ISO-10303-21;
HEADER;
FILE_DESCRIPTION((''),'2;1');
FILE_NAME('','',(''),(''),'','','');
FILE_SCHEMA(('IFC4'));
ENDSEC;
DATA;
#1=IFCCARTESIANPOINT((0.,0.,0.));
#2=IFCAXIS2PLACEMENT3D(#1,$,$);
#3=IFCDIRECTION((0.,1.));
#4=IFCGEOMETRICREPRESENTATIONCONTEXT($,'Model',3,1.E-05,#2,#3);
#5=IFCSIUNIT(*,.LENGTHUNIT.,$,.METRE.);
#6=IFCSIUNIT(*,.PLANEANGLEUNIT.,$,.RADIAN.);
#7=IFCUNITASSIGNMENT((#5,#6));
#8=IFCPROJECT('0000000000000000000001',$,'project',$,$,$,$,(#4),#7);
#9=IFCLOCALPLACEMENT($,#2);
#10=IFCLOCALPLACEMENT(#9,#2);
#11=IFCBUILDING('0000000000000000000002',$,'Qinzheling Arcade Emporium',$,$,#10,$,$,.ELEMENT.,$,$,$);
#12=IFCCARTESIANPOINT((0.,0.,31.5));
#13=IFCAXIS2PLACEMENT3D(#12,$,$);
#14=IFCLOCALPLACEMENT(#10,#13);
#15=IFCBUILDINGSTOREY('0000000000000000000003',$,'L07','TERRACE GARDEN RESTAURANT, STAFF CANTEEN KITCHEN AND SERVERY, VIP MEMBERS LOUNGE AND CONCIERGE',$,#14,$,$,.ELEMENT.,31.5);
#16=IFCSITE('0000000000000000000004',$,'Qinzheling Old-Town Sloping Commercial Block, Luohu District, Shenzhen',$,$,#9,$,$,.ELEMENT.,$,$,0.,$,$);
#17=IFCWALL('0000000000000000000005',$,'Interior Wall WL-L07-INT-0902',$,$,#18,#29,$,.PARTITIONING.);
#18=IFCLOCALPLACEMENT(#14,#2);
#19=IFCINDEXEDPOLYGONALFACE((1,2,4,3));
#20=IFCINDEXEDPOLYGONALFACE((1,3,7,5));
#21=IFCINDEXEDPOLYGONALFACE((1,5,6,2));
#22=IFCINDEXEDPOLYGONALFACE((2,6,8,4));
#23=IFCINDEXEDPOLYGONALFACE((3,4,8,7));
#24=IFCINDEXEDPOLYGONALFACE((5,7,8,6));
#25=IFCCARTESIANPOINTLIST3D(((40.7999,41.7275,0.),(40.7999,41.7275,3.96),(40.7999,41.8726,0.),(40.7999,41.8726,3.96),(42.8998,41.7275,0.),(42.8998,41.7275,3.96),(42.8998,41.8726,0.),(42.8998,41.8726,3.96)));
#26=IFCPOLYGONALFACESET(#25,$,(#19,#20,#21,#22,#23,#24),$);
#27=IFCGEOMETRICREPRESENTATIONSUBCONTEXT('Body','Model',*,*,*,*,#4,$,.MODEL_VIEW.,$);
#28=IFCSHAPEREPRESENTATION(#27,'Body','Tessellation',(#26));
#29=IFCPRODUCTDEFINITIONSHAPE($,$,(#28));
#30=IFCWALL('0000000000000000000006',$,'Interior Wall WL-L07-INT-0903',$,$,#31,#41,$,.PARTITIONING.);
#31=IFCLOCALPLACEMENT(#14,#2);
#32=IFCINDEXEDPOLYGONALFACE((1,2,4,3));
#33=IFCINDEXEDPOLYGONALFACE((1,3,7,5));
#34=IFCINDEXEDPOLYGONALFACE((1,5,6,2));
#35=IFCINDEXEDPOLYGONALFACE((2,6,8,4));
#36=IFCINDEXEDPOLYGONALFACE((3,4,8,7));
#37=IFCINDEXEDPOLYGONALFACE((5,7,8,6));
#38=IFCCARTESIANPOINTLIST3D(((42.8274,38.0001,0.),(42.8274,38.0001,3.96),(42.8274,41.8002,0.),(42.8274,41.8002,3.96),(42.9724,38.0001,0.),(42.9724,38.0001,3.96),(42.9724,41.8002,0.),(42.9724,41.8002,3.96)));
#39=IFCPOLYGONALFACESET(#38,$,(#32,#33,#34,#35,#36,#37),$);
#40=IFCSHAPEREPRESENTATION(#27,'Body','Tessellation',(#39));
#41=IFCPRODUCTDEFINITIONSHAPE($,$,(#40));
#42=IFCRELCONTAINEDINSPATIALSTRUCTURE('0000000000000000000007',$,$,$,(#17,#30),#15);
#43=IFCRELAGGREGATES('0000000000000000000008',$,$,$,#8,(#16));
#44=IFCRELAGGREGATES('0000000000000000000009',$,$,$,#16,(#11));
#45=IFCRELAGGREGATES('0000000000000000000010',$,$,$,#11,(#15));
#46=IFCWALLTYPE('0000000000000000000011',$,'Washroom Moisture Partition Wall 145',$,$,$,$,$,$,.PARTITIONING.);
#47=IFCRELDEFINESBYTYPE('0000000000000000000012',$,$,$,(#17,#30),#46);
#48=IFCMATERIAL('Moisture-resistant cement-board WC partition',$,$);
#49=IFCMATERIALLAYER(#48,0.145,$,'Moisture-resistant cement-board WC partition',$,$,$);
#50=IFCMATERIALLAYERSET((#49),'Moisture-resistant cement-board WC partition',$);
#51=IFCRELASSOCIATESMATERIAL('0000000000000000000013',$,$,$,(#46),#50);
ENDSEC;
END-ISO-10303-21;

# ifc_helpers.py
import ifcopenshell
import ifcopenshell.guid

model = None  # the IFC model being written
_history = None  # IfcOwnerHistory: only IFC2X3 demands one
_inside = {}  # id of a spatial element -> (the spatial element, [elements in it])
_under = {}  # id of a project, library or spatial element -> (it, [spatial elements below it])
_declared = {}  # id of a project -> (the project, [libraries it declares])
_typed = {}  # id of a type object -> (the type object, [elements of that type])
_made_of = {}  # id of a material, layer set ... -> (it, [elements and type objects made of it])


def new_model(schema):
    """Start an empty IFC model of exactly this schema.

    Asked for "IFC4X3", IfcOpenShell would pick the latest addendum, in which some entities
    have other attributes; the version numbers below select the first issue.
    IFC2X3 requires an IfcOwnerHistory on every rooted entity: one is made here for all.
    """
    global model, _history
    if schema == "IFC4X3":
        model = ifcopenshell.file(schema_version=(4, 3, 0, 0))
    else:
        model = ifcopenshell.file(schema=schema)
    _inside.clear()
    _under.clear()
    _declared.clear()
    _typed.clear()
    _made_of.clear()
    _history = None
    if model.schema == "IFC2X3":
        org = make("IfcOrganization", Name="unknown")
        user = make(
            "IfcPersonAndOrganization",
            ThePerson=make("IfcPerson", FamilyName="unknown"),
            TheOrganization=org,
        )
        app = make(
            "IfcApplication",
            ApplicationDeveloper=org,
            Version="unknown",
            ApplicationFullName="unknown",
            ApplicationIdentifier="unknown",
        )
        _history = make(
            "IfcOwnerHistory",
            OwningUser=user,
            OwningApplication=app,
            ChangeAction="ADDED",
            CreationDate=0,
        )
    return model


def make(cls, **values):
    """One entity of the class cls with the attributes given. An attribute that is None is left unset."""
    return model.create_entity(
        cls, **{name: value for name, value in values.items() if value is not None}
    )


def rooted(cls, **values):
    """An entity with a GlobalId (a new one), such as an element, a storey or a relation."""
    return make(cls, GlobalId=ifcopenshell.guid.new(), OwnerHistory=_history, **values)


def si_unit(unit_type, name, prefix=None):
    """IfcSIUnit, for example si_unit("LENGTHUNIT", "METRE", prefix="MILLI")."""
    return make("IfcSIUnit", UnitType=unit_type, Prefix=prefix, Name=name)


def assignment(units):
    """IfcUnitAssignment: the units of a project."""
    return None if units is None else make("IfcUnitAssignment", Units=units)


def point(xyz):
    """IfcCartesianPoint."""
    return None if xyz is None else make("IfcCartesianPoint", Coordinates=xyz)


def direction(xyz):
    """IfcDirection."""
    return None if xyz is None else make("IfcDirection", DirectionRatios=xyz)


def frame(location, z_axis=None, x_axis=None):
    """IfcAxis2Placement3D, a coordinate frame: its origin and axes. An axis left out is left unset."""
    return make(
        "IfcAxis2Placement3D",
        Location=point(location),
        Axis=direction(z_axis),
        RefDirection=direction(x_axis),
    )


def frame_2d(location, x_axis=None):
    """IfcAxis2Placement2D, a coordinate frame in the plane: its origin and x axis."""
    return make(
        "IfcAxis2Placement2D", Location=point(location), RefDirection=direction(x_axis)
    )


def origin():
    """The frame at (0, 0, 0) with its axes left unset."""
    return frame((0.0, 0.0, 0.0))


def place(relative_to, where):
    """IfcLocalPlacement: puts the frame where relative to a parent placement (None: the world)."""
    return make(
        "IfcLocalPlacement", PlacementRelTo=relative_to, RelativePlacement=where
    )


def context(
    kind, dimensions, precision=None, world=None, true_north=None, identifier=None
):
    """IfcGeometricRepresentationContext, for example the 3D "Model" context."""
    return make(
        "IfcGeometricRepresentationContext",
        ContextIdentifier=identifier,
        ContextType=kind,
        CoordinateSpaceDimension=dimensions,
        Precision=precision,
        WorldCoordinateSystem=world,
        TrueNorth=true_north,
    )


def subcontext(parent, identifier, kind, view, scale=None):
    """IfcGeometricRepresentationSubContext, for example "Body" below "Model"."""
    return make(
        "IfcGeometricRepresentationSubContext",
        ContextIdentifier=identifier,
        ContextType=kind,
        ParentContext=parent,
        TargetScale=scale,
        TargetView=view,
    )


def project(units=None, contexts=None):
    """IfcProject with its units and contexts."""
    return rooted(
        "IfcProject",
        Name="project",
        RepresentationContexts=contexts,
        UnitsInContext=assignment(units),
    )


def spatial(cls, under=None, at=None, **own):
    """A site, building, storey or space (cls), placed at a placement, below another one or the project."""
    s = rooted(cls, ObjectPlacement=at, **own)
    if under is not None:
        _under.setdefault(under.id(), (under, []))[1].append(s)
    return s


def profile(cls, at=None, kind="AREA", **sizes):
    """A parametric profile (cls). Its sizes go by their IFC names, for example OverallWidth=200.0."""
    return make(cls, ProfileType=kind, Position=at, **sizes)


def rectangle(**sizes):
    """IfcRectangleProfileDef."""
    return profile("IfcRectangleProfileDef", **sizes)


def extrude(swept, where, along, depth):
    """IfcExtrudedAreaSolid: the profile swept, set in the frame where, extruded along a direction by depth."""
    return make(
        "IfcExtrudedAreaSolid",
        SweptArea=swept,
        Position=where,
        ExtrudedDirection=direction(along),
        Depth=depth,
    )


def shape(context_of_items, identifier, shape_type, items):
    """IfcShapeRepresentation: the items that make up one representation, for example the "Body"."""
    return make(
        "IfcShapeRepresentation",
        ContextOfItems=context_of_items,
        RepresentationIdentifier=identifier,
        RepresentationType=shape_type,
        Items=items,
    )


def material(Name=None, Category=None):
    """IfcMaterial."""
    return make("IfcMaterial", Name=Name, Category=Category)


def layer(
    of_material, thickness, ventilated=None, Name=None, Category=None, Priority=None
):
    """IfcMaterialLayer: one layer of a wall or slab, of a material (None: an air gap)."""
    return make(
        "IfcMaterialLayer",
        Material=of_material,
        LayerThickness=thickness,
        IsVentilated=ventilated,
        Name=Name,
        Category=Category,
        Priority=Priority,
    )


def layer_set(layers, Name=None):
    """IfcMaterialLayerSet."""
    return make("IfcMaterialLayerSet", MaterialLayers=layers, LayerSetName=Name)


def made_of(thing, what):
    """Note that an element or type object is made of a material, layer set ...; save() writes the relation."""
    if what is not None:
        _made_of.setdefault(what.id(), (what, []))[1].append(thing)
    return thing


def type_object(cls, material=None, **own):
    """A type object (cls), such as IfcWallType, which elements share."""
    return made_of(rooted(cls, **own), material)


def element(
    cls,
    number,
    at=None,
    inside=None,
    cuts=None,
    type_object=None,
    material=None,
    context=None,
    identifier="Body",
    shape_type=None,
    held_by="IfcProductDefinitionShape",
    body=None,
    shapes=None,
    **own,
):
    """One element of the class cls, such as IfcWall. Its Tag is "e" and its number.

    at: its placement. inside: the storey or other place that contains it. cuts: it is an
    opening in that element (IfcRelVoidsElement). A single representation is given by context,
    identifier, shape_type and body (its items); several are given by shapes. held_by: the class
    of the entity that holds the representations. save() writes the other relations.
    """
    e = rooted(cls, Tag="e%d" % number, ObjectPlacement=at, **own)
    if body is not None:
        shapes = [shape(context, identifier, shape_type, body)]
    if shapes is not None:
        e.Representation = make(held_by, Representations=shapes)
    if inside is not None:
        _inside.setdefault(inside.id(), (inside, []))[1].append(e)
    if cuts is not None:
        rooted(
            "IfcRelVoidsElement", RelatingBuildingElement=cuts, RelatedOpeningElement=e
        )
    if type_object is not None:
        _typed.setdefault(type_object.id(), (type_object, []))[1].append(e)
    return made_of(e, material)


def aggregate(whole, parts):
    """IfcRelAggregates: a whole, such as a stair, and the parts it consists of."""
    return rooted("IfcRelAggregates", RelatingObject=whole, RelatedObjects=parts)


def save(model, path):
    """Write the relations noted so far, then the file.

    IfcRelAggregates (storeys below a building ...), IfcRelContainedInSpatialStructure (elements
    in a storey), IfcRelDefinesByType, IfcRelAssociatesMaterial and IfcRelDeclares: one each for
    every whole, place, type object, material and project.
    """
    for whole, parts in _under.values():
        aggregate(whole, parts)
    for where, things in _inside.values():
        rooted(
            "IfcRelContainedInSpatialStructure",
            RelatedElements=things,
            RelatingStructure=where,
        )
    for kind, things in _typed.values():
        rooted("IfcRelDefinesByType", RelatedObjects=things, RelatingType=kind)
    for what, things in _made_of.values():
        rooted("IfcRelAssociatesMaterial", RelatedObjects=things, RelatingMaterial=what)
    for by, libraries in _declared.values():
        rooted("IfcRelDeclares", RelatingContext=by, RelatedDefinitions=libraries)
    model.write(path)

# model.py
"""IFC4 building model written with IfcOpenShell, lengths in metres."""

from ifc_helpers import new_model, si_unit, direction, frame, frame_2d, origin, place, context, subcontext, project, spatial, rectangle, extrude, material, layer, layer_set, type_object, element, save


model = new_model("IFC4")

# Units and contexts
model_context = context("Model", 3, precision=1e-05, world=origin(), true_north=direction((0.0, 1.0)))
body_context = subcontext(model_context, "Body", "Model", "MODEL_VIEW")
ifc_project = project(units=[si_unit("LENGTHUNIT", "METRE"), si_unit("PLANEANGLEUNIT", "RADIAN")], contexts=[model_context])

# Site, building, storey
site_placement = place(None, origin())
site = spatial("IfcSite", under=ifc_project, at=site_placement, Name="Qinzheling Old-Town Sloping Commercial Block, Luohu District, Shenzhen", CompositionType="ELEMENT", RefElevation=0.0)
building_placement = place(site_placement, origin())
building = spatial("IfcBuilding", under=site, at=building_placement, Name="Qinzheling Arcade Emporium", CompositionType="ELEMENT")
storey_placement = place(building_placement, frame((0.0, 0.0, 31.5)))
storey = spatial("IfcBuildingStorey", under=building, at=storey_placement, Name="L07", Description="TERRACE GARDEN RESTAURANT, STAFF CANTEEN KITCHEN AND SERVERY, VIP MEMBERS LOUNGE AND CONCIERGE", CompositionType="ELEMENT", Elevation=31.5)

# Shared definitions
ifc_material_1 = material(Name="Moisture-resistant cement-board WC partition")
ifc_layer_1 = layer(ifc_material_1, 0.145, Name="Moisture-resistant cement-board WC partition")
ifc_layer_set_1 = layer_set([ifc_layer_1], Name="Moisture-resistant cement-board WC partition")
wall_type_1 = type_object("IfcWallType", Name="Washroom Moisture Partition Wall 145", PredefinedType="PARTITIONING", material=ifc_layer_set_1)

# Walls
wall_1_placement = place(storey_placement, frame((40.8, 41.8, 0.0), z_axis=(0.0, 0.0, 1.0), x_axis=(1.0, 0.0, 0.0)))
element("IfcWall", 1, at=wall_1_placement, inside=storey, type_object=wall_type_1, Name="Interior Wall WL-L07-INT-0902", PredefinedType="PARTITIONING", context=body_context, shape_type="SweptSolid", body=[
    extrude(rectangle(XDim=2.0999, YDim=0.145, at=frame_2d((1.0498, 0.0))), origin(), (0.0, 0.0, 1.0), 3.96),
])
wall_2_placement = place(storey_placement, frame((42.8999, 41.8, 0.0), z_axis=(0.0, 0.0, 1.0), x_axis=(0.0, -1.0, 0.0)))
element("IfcWall", 2, at=wall_2_placement, inside=storey, type_object=wall_type_1, Name="Interior Wall WL-L07-INT-0903", PredefinedType="PARTITIONING", context=body_context, shape_type="SweptSolid", body=[
    extrude(rectangle(XDim=3.8, YDim=0.145, at=frame_2d((1.8999, 0.0))), origin(), (0.0, 0.0, 1.0), 3.96),
])

save(model, "model.ifc")
